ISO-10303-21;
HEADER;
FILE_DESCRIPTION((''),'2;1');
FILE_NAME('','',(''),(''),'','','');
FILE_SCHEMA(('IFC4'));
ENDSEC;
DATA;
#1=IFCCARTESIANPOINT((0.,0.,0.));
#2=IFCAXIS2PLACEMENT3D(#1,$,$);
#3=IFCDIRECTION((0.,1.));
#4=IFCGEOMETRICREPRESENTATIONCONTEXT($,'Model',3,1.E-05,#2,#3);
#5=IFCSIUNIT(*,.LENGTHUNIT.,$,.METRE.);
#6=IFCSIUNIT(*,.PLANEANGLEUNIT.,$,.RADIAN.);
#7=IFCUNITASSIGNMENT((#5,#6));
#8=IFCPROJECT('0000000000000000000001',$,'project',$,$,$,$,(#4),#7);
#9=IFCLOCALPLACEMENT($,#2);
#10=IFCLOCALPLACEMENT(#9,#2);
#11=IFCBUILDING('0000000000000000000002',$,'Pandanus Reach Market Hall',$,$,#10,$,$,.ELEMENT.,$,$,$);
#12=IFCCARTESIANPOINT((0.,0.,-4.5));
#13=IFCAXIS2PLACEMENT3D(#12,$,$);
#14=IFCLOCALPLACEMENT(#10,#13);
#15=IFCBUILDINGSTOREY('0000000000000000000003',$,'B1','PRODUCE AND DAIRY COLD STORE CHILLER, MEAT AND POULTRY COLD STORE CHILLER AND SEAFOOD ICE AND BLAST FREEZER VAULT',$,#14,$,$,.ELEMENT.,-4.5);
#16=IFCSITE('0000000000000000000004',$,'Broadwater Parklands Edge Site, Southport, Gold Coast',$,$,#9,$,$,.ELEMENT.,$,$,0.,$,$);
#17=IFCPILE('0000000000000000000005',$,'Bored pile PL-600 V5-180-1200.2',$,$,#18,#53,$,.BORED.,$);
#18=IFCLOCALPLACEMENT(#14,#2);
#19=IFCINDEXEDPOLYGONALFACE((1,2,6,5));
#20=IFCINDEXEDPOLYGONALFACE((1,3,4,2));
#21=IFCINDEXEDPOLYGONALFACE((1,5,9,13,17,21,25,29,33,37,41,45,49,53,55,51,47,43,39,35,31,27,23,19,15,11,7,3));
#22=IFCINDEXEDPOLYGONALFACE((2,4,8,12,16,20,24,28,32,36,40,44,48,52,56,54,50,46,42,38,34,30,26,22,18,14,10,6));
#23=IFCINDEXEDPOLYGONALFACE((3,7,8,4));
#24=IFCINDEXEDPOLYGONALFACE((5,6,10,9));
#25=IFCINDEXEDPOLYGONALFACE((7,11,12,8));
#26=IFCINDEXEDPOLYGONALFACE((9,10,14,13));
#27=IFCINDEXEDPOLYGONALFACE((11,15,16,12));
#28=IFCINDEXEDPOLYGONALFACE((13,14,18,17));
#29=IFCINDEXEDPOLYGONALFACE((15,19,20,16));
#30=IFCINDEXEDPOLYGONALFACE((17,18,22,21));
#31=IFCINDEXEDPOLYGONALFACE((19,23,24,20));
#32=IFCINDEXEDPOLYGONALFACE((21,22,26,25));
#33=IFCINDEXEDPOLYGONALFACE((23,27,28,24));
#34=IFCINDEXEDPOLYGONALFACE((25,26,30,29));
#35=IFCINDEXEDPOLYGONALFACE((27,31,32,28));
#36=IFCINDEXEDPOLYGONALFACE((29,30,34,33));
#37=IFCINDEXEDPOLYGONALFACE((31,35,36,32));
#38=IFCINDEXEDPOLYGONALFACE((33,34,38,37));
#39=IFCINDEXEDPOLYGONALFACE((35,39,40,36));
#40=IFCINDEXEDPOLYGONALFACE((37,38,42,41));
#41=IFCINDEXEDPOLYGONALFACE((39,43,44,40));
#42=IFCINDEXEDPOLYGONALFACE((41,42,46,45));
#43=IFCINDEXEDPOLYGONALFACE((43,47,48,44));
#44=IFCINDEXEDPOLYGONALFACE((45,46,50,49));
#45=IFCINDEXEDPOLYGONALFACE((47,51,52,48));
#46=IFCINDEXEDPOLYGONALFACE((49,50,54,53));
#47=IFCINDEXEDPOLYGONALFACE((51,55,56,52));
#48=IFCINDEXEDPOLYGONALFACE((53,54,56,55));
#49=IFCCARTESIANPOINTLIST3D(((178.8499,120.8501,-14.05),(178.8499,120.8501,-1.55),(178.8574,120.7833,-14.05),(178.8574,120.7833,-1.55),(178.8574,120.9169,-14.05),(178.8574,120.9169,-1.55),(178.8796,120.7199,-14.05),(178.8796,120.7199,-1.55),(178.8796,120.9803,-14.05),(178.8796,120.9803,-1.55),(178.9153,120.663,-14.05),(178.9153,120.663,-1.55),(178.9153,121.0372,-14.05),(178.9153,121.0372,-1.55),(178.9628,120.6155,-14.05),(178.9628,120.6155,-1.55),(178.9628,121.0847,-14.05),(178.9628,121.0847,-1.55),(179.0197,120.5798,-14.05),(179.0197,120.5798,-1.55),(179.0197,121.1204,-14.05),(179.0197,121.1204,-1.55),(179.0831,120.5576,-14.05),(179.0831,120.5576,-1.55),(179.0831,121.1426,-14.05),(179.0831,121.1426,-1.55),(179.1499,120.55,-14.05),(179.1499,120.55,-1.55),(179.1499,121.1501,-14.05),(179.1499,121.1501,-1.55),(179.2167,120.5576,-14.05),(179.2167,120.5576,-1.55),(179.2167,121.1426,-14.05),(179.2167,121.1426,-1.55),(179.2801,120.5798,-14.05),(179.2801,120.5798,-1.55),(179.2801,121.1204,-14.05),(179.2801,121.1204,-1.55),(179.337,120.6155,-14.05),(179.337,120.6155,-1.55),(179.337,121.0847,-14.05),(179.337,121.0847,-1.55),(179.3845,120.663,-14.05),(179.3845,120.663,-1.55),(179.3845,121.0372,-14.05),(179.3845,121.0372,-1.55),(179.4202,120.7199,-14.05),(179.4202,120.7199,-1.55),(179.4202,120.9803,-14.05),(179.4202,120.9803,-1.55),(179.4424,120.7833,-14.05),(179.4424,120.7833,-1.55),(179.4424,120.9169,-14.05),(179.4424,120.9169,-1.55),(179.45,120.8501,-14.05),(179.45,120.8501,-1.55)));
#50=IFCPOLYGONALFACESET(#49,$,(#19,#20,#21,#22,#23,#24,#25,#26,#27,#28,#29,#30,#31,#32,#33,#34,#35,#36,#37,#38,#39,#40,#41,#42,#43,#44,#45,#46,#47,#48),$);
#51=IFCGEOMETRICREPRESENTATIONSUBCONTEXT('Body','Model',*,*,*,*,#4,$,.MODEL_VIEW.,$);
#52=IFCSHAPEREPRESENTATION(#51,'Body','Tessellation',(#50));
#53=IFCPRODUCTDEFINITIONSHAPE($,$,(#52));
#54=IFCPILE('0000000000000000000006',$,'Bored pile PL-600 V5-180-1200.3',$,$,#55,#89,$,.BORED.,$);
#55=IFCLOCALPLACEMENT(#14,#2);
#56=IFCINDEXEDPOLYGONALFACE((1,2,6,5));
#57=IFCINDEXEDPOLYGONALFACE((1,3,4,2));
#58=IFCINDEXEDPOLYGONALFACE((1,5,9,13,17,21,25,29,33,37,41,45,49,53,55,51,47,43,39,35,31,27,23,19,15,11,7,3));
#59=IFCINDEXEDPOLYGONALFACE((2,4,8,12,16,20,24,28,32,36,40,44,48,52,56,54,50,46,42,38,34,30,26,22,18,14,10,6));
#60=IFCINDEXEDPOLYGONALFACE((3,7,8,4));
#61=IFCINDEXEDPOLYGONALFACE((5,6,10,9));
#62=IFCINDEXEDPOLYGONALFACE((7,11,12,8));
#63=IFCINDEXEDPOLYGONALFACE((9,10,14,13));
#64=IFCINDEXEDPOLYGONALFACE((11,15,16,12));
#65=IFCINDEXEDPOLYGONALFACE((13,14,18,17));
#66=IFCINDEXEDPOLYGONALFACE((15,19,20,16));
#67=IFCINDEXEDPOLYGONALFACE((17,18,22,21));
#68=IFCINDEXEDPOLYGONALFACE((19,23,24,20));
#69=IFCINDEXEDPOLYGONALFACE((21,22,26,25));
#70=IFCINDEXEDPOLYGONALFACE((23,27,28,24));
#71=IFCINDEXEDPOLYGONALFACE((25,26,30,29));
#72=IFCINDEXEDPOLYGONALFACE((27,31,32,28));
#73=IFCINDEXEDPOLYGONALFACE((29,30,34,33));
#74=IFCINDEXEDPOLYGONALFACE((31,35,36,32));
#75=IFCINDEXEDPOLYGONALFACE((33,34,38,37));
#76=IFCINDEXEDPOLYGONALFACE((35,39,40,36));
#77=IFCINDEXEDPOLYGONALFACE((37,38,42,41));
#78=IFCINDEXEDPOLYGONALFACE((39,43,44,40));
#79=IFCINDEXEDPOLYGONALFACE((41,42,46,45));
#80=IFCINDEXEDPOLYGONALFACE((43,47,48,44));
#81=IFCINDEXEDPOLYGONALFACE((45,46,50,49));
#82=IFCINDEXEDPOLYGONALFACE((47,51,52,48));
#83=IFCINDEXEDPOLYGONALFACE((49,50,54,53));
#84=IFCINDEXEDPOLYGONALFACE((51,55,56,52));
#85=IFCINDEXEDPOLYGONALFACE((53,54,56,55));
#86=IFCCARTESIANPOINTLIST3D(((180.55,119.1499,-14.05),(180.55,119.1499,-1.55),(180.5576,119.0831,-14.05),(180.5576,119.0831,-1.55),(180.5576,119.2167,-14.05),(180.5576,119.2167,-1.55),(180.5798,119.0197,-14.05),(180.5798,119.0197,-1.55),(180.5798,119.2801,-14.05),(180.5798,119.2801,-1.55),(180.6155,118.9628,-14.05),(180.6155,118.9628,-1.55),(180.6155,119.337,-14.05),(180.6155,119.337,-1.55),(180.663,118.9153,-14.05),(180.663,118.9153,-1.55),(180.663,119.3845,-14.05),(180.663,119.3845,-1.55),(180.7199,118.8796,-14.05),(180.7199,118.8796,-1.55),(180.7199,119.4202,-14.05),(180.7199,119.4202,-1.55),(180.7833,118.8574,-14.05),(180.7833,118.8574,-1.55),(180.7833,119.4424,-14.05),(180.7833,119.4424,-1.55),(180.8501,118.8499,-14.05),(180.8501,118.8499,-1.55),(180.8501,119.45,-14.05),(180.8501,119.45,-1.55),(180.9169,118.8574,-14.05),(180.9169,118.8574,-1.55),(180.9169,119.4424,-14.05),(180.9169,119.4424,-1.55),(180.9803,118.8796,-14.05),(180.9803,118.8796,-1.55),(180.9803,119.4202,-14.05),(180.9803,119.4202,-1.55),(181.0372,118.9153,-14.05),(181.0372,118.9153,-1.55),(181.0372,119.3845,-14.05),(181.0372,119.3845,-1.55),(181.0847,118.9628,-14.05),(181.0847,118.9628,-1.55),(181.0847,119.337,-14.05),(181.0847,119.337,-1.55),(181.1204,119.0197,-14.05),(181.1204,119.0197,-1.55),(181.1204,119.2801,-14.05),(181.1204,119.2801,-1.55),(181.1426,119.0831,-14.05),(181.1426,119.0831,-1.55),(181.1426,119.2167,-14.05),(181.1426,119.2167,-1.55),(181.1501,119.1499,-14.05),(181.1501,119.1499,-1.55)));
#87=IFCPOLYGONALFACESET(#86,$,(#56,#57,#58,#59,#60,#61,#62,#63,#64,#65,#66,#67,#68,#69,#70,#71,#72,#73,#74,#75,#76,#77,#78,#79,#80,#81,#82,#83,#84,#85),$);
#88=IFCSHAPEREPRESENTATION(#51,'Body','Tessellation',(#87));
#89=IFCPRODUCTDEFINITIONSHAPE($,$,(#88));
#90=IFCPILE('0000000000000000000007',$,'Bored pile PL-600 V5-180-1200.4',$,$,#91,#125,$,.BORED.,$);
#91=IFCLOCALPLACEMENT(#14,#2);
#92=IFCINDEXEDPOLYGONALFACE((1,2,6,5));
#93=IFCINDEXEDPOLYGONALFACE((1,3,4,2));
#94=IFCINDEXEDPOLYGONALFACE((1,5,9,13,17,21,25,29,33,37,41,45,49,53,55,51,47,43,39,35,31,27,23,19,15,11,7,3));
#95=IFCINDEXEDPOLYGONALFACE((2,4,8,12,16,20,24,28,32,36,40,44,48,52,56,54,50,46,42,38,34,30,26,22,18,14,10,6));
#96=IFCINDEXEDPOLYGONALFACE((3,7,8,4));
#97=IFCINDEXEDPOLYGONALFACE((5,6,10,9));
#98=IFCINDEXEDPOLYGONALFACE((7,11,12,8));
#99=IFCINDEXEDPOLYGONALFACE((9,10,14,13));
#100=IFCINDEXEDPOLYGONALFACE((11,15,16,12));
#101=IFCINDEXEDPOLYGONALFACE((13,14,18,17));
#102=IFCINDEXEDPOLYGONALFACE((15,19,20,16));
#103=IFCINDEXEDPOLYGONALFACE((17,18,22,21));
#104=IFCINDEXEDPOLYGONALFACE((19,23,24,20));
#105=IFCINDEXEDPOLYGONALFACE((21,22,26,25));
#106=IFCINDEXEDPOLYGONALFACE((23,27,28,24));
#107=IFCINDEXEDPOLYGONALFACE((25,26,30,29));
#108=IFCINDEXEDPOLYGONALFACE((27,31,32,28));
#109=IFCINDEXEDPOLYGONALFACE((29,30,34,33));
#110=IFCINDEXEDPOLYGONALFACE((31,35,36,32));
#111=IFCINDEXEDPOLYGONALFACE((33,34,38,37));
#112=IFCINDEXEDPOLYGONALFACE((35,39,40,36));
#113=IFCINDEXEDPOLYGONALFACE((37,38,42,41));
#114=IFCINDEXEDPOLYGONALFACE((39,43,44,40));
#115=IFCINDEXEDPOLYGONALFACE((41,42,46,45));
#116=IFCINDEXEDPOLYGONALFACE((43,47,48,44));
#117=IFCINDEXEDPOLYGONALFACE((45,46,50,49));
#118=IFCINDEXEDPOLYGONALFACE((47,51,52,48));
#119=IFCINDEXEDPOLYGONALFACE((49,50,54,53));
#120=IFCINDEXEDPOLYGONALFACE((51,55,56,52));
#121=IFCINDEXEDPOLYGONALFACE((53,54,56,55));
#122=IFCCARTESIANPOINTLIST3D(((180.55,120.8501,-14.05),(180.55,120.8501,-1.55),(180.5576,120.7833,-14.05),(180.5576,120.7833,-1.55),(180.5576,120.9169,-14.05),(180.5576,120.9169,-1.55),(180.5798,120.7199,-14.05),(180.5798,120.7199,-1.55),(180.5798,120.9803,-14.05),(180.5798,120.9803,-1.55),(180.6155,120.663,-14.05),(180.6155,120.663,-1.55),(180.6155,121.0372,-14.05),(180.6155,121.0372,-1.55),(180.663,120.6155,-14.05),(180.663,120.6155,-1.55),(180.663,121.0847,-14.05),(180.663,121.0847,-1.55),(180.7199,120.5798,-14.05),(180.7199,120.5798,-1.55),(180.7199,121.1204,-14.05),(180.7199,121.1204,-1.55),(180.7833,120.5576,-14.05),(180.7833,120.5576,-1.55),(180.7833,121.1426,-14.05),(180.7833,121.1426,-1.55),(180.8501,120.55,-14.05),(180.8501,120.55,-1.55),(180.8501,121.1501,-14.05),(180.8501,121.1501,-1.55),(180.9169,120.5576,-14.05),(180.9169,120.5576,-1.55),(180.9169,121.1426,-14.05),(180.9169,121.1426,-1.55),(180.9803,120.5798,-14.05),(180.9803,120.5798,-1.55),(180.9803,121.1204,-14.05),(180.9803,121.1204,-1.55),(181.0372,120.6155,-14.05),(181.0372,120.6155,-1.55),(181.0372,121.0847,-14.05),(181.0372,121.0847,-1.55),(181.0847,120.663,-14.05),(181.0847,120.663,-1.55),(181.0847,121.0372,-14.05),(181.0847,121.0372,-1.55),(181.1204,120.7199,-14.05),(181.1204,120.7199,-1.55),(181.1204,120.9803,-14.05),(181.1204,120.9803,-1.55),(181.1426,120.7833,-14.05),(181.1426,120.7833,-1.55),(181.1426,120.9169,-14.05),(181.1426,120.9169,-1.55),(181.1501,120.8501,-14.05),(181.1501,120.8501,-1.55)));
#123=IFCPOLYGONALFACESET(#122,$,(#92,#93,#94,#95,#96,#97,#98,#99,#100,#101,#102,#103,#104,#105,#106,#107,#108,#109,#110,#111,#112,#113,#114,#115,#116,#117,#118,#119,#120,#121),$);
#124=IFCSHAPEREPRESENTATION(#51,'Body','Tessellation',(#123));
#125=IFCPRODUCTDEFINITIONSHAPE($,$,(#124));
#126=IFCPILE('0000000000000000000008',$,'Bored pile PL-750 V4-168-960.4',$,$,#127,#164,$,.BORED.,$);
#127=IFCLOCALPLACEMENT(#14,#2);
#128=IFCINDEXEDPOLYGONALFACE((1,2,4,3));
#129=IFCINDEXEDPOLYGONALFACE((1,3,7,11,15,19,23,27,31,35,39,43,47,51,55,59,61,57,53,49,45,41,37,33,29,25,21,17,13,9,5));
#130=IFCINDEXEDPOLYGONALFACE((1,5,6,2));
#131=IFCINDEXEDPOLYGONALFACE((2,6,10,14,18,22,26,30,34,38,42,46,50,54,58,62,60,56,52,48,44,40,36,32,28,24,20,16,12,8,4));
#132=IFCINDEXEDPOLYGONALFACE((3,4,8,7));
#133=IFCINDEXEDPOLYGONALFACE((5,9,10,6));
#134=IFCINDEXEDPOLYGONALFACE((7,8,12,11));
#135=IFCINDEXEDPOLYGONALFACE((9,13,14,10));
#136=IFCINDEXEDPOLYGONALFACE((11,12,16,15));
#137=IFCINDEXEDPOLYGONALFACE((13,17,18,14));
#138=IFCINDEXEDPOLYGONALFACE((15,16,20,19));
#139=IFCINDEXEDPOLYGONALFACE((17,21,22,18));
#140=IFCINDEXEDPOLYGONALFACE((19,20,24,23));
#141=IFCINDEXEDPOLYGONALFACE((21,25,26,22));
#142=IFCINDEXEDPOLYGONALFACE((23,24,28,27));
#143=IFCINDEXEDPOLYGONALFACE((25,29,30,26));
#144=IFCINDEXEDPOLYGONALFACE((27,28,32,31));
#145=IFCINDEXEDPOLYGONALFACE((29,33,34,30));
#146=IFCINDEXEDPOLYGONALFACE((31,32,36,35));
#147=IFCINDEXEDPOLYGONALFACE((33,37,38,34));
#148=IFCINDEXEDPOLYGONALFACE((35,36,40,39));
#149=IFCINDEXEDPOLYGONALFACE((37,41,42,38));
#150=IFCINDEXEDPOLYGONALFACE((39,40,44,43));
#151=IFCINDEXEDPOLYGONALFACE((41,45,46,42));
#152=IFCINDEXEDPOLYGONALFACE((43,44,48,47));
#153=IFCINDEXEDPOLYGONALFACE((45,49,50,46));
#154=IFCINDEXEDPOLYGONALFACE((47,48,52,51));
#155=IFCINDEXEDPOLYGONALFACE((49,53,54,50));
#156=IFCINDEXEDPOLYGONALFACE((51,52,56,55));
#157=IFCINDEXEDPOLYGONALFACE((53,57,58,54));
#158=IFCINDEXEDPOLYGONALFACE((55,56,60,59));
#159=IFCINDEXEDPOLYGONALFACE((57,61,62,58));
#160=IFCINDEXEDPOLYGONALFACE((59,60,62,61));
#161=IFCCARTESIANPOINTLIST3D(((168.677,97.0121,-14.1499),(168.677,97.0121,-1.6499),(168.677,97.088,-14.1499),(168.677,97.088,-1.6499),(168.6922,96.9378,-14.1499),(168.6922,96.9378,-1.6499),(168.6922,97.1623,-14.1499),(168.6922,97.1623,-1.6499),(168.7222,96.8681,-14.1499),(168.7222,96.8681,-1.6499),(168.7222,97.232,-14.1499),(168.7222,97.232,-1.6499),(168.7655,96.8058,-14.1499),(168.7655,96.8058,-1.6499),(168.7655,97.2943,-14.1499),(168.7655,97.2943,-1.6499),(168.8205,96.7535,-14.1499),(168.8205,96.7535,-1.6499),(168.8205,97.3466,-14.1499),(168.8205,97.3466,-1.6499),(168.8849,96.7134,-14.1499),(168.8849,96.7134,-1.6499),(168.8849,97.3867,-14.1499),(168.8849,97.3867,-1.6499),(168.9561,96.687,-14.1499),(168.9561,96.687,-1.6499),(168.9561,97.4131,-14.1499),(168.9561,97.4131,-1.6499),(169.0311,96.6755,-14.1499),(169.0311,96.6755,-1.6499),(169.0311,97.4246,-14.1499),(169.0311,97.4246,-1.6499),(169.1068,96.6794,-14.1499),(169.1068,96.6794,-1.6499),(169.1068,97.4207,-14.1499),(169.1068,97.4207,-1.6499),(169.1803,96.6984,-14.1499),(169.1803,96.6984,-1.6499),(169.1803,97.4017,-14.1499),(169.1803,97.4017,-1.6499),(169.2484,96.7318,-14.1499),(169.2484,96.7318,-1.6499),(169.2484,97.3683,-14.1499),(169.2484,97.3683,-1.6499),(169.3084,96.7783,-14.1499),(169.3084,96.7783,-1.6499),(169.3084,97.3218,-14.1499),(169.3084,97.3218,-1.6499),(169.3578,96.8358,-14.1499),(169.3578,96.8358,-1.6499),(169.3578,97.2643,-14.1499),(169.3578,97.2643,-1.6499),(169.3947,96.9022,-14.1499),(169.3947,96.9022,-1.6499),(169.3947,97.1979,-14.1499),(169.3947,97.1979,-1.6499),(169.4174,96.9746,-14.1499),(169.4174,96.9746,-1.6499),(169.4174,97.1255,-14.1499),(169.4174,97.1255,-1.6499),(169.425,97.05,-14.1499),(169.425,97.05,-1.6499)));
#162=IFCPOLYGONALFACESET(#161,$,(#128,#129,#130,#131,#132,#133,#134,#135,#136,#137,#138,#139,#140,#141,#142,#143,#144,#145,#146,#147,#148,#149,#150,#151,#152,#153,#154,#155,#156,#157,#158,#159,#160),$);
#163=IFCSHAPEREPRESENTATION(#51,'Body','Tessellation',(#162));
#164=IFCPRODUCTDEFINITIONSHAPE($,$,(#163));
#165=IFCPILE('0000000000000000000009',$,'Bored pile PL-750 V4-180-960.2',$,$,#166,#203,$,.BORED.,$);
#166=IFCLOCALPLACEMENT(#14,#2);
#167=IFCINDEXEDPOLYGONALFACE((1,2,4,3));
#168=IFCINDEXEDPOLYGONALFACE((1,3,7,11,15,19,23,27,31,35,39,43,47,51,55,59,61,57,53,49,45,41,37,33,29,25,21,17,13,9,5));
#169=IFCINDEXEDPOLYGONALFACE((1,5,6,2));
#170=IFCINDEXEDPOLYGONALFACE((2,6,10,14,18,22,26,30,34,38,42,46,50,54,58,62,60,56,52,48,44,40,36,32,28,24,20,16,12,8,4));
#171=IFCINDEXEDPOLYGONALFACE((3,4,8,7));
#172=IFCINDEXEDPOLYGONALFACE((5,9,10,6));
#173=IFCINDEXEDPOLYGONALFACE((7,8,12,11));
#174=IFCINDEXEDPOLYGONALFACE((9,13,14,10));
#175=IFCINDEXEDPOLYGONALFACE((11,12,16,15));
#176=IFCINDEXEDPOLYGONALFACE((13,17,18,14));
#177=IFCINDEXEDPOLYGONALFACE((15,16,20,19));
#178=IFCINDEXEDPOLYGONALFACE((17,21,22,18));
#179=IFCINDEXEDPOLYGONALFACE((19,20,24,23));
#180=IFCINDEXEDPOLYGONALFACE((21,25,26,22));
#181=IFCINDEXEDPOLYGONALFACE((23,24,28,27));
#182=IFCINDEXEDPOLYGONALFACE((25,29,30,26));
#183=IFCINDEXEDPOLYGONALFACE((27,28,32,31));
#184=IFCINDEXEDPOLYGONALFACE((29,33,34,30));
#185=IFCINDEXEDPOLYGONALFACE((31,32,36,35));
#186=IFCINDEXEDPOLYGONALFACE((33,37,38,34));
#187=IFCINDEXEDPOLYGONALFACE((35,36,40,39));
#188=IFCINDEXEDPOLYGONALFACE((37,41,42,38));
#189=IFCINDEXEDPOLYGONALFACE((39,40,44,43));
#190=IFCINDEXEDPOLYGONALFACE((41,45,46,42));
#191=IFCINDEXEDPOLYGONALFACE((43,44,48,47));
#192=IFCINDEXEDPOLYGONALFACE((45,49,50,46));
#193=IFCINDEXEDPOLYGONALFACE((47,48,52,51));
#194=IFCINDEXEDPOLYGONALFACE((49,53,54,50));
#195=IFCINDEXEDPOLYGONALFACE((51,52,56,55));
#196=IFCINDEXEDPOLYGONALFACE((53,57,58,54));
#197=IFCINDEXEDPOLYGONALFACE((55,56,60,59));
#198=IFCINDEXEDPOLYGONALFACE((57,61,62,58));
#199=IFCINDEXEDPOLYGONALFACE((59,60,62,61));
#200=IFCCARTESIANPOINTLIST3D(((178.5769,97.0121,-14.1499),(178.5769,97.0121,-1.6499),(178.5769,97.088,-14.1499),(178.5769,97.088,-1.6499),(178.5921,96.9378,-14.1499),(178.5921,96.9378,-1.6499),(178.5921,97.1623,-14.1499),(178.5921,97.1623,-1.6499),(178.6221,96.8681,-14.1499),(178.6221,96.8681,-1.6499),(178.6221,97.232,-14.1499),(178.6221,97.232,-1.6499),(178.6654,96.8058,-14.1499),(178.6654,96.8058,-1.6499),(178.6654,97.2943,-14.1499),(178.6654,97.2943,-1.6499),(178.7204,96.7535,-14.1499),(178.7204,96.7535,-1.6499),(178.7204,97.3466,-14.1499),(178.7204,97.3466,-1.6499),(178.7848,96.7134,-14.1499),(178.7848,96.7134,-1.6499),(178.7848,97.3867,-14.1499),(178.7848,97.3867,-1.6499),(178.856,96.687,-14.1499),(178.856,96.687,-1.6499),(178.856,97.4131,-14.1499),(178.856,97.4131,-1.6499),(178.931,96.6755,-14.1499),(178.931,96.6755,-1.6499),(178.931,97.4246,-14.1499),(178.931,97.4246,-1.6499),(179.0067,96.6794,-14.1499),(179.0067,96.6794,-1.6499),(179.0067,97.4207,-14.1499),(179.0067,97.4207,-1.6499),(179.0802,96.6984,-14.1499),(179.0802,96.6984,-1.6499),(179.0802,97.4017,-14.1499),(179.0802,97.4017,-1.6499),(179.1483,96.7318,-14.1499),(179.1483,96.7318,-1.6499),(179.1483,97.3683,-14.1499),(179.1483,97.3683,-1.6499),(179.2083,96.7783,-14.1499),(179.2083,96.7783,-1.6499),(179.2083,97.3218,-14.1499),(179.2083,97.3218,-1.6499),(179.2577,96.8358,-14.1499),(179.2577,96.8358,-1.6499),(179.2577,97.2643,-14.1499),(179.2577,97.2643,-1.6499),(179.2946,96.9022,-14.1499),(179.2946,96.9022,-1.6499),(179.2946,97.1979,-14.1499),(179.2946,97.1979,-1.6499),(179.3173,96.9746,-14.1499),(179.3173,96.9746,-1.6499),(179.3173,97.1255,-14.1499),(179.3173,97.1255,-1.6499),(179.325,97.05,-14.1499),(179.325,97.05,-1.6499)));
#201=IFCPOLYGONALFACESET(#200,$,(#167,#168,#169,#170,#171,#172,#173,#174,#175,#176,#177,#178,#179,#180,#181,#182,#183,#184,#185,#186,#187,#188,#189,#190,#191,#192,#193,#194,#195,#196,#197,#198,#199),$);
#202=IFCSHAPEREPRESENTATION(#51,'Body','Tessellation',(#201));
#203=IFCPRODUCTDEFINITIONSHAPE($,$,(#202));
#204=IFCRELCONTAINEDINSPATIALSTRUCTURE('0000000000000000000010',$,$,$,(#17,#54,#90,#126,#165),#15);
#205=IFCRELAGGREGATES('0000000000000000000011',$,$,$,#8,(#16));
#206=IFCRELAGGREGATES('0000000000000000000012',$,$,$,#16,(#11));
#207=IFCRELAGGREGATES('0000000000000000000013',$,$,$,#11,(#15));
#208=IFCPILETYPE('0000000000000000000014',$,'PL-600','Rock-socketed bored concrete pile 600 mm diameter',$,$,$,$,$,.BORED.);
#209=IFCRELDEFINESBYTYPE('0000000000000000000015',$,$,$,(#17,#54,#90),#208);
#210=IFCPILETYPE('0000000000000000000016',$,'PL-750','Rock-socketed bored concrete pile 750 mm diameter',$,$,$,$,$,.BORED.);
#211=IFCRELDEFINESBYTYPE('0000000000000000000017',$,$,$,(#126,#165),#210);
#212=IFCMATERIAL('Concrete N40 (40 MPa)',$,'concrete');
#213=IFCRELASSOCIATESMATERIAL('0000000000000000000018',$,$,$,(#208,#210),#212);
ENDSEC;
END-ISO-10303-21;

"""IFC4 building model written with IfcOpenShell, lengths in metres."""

from ifc_helpers import new_model, si_unit, direction, frame, origin, origin_2d, place, context, subcontext, project, spatial, circle, extrude, material, material_profile, profile_set, type_object, element, save


model = new_model("IFC4")

# Units and contexts
model_context = context("Model", 3, precision=1e-05, world=origin(), true_north=direction((0.0, 1.0)))
body_context = subcontext(model_context, "Body", "Model", "MODEL_VIEW")
ifc_project = project(units=[si_unit("LENGTHUNIT", "METRE"), si_unit("PLANEANGLEUNIT", "RADIAN")], contexts=[model_context])

# Site, building, storey
site_placement = place(None, origin())
site = spatial("IfcSite", under=ifc_project, at=site_placement, Name="Broadwater Parklands Edge Site, Southport, Gold Coast", CompositionType="ELEMENT", RefElevation=0.0)
building_placement = place(site_placement, origin())
building = spatial("IfcBuilding", under=site, at=building_placement, Name="Pandanus Reach Market Hall", CompositionType="ELEMENT")
storey_placement = place(building_placement, frame((0.0, 0.0, -4.5)))
storey = spatial("IfcBuildingStorey", under=building, at=storey_placement, Name="B1", Description="PRODUCE AND DAIRY COLD STORE CHILLER, MEAT AND POULTRY COLD STORE CHILLER AND SEAFOOD ICE AND BLAST FREEZER VAULT", CompositionType="ELEMENT", Elevation=-4.5)

# Shared definitions
ifc_material_1 = material(Name="Concrete N40 (40 MPa)", Category="concrete")

# Piles
ifc_material_profile_1 = material_profile(ifc_material_1, circle(Radius=0.3, at=origin_2d()), Name="PILE-600D", Category="LoadBearing")
ifc_profile_set_1 = profile_set([ifc_material_profile_1], Name="Concrete N40 (40 MPa)")
pile_type_1 = type_object("IfcPileType", Name="PL-600", Description="Rock-socketed bored concrete pile 600 mm diameter", PredefinedType="BORED", material=ifc_profile_set_1)
for number, where, z_axis, x_axis, name in (
    (1, (179.1499, 120.8501, -1.55), (0.0, 0.0, -1.0), (1.0, 0.0, 0.0), "Bored pile PL-600 V5-180-1200.2"),
    (2, (180.8501, 119.1499, -1.55), (0.0, 0.0, -1.0), (1.0, 0.0, 0.0), "Bored pile PL-600 V5-180-1200.3"),
    (3, (180.8501, 120.8501, -1.55), (0.0, 0.0, -1.0), (1.0, 0.0, 0.0), "Bored pile PL-600 V5-180-1200.4"),
):
    element("IfcPile", number, at=place(storey_placement, frame(where, z_axis=z_axis, x_axis=x_axis)), inside=storey, type_object=pile_type_1, Name=name, PredefinedType="BORED", context=body_context, shape_type="SweptSolid", body=[
        extrude(circle(Radius=0.3, at=origin_2d()), origin(), (0.0, 0.0, 1.0), 12.5),
    ])
ifc_material_profile_2 = material_profile(ifc_material_1, circle(Radius=0.375, at=origin_2d()), Name="PILE-750D", Category="LoadBearing")
ifc_profile_set_2 = profile_set([ifc_material_profile_2], Name="Concrete N40 (40 MPa)")
pile_type_2 = type_object("IfcPileType", Name="PL-750", Description="Rock-socketed bored concrete pile 750 mm diameter", PredefinedType="BORED", material=ifc_profile_set_2)
for number, where, z_axis, x_axis, name in (
    (4, (169.05, 97.05, -1.6499), (0.0, 0.0, -1.0), (1.0, 0.0, 0.0), "Bored pile PL-750 V4-168-960.4"),
    (5, (178.95, 97.05, -1.6499), (0.0, 0.0, -1.0), (1.0, 0.0, 0.0), "Bored pile PL-750 V4-180-960.2"),
):
    element("IfcPile", number, at=place(storey_placement, frame(where, z_axis=z_axis, x_axis=x_axis)), inside=storey, type_object=pile_type_2, Name=name, PredefinedType="BORED", context=body_context, shape_type="SweptSolid", body=[
        extrude(circle(Radius=0.375, at=origin_2d()), origin(), (0.0, 0.0, 1.0), 12.5),
    ])

save(model, "model.ifc")
